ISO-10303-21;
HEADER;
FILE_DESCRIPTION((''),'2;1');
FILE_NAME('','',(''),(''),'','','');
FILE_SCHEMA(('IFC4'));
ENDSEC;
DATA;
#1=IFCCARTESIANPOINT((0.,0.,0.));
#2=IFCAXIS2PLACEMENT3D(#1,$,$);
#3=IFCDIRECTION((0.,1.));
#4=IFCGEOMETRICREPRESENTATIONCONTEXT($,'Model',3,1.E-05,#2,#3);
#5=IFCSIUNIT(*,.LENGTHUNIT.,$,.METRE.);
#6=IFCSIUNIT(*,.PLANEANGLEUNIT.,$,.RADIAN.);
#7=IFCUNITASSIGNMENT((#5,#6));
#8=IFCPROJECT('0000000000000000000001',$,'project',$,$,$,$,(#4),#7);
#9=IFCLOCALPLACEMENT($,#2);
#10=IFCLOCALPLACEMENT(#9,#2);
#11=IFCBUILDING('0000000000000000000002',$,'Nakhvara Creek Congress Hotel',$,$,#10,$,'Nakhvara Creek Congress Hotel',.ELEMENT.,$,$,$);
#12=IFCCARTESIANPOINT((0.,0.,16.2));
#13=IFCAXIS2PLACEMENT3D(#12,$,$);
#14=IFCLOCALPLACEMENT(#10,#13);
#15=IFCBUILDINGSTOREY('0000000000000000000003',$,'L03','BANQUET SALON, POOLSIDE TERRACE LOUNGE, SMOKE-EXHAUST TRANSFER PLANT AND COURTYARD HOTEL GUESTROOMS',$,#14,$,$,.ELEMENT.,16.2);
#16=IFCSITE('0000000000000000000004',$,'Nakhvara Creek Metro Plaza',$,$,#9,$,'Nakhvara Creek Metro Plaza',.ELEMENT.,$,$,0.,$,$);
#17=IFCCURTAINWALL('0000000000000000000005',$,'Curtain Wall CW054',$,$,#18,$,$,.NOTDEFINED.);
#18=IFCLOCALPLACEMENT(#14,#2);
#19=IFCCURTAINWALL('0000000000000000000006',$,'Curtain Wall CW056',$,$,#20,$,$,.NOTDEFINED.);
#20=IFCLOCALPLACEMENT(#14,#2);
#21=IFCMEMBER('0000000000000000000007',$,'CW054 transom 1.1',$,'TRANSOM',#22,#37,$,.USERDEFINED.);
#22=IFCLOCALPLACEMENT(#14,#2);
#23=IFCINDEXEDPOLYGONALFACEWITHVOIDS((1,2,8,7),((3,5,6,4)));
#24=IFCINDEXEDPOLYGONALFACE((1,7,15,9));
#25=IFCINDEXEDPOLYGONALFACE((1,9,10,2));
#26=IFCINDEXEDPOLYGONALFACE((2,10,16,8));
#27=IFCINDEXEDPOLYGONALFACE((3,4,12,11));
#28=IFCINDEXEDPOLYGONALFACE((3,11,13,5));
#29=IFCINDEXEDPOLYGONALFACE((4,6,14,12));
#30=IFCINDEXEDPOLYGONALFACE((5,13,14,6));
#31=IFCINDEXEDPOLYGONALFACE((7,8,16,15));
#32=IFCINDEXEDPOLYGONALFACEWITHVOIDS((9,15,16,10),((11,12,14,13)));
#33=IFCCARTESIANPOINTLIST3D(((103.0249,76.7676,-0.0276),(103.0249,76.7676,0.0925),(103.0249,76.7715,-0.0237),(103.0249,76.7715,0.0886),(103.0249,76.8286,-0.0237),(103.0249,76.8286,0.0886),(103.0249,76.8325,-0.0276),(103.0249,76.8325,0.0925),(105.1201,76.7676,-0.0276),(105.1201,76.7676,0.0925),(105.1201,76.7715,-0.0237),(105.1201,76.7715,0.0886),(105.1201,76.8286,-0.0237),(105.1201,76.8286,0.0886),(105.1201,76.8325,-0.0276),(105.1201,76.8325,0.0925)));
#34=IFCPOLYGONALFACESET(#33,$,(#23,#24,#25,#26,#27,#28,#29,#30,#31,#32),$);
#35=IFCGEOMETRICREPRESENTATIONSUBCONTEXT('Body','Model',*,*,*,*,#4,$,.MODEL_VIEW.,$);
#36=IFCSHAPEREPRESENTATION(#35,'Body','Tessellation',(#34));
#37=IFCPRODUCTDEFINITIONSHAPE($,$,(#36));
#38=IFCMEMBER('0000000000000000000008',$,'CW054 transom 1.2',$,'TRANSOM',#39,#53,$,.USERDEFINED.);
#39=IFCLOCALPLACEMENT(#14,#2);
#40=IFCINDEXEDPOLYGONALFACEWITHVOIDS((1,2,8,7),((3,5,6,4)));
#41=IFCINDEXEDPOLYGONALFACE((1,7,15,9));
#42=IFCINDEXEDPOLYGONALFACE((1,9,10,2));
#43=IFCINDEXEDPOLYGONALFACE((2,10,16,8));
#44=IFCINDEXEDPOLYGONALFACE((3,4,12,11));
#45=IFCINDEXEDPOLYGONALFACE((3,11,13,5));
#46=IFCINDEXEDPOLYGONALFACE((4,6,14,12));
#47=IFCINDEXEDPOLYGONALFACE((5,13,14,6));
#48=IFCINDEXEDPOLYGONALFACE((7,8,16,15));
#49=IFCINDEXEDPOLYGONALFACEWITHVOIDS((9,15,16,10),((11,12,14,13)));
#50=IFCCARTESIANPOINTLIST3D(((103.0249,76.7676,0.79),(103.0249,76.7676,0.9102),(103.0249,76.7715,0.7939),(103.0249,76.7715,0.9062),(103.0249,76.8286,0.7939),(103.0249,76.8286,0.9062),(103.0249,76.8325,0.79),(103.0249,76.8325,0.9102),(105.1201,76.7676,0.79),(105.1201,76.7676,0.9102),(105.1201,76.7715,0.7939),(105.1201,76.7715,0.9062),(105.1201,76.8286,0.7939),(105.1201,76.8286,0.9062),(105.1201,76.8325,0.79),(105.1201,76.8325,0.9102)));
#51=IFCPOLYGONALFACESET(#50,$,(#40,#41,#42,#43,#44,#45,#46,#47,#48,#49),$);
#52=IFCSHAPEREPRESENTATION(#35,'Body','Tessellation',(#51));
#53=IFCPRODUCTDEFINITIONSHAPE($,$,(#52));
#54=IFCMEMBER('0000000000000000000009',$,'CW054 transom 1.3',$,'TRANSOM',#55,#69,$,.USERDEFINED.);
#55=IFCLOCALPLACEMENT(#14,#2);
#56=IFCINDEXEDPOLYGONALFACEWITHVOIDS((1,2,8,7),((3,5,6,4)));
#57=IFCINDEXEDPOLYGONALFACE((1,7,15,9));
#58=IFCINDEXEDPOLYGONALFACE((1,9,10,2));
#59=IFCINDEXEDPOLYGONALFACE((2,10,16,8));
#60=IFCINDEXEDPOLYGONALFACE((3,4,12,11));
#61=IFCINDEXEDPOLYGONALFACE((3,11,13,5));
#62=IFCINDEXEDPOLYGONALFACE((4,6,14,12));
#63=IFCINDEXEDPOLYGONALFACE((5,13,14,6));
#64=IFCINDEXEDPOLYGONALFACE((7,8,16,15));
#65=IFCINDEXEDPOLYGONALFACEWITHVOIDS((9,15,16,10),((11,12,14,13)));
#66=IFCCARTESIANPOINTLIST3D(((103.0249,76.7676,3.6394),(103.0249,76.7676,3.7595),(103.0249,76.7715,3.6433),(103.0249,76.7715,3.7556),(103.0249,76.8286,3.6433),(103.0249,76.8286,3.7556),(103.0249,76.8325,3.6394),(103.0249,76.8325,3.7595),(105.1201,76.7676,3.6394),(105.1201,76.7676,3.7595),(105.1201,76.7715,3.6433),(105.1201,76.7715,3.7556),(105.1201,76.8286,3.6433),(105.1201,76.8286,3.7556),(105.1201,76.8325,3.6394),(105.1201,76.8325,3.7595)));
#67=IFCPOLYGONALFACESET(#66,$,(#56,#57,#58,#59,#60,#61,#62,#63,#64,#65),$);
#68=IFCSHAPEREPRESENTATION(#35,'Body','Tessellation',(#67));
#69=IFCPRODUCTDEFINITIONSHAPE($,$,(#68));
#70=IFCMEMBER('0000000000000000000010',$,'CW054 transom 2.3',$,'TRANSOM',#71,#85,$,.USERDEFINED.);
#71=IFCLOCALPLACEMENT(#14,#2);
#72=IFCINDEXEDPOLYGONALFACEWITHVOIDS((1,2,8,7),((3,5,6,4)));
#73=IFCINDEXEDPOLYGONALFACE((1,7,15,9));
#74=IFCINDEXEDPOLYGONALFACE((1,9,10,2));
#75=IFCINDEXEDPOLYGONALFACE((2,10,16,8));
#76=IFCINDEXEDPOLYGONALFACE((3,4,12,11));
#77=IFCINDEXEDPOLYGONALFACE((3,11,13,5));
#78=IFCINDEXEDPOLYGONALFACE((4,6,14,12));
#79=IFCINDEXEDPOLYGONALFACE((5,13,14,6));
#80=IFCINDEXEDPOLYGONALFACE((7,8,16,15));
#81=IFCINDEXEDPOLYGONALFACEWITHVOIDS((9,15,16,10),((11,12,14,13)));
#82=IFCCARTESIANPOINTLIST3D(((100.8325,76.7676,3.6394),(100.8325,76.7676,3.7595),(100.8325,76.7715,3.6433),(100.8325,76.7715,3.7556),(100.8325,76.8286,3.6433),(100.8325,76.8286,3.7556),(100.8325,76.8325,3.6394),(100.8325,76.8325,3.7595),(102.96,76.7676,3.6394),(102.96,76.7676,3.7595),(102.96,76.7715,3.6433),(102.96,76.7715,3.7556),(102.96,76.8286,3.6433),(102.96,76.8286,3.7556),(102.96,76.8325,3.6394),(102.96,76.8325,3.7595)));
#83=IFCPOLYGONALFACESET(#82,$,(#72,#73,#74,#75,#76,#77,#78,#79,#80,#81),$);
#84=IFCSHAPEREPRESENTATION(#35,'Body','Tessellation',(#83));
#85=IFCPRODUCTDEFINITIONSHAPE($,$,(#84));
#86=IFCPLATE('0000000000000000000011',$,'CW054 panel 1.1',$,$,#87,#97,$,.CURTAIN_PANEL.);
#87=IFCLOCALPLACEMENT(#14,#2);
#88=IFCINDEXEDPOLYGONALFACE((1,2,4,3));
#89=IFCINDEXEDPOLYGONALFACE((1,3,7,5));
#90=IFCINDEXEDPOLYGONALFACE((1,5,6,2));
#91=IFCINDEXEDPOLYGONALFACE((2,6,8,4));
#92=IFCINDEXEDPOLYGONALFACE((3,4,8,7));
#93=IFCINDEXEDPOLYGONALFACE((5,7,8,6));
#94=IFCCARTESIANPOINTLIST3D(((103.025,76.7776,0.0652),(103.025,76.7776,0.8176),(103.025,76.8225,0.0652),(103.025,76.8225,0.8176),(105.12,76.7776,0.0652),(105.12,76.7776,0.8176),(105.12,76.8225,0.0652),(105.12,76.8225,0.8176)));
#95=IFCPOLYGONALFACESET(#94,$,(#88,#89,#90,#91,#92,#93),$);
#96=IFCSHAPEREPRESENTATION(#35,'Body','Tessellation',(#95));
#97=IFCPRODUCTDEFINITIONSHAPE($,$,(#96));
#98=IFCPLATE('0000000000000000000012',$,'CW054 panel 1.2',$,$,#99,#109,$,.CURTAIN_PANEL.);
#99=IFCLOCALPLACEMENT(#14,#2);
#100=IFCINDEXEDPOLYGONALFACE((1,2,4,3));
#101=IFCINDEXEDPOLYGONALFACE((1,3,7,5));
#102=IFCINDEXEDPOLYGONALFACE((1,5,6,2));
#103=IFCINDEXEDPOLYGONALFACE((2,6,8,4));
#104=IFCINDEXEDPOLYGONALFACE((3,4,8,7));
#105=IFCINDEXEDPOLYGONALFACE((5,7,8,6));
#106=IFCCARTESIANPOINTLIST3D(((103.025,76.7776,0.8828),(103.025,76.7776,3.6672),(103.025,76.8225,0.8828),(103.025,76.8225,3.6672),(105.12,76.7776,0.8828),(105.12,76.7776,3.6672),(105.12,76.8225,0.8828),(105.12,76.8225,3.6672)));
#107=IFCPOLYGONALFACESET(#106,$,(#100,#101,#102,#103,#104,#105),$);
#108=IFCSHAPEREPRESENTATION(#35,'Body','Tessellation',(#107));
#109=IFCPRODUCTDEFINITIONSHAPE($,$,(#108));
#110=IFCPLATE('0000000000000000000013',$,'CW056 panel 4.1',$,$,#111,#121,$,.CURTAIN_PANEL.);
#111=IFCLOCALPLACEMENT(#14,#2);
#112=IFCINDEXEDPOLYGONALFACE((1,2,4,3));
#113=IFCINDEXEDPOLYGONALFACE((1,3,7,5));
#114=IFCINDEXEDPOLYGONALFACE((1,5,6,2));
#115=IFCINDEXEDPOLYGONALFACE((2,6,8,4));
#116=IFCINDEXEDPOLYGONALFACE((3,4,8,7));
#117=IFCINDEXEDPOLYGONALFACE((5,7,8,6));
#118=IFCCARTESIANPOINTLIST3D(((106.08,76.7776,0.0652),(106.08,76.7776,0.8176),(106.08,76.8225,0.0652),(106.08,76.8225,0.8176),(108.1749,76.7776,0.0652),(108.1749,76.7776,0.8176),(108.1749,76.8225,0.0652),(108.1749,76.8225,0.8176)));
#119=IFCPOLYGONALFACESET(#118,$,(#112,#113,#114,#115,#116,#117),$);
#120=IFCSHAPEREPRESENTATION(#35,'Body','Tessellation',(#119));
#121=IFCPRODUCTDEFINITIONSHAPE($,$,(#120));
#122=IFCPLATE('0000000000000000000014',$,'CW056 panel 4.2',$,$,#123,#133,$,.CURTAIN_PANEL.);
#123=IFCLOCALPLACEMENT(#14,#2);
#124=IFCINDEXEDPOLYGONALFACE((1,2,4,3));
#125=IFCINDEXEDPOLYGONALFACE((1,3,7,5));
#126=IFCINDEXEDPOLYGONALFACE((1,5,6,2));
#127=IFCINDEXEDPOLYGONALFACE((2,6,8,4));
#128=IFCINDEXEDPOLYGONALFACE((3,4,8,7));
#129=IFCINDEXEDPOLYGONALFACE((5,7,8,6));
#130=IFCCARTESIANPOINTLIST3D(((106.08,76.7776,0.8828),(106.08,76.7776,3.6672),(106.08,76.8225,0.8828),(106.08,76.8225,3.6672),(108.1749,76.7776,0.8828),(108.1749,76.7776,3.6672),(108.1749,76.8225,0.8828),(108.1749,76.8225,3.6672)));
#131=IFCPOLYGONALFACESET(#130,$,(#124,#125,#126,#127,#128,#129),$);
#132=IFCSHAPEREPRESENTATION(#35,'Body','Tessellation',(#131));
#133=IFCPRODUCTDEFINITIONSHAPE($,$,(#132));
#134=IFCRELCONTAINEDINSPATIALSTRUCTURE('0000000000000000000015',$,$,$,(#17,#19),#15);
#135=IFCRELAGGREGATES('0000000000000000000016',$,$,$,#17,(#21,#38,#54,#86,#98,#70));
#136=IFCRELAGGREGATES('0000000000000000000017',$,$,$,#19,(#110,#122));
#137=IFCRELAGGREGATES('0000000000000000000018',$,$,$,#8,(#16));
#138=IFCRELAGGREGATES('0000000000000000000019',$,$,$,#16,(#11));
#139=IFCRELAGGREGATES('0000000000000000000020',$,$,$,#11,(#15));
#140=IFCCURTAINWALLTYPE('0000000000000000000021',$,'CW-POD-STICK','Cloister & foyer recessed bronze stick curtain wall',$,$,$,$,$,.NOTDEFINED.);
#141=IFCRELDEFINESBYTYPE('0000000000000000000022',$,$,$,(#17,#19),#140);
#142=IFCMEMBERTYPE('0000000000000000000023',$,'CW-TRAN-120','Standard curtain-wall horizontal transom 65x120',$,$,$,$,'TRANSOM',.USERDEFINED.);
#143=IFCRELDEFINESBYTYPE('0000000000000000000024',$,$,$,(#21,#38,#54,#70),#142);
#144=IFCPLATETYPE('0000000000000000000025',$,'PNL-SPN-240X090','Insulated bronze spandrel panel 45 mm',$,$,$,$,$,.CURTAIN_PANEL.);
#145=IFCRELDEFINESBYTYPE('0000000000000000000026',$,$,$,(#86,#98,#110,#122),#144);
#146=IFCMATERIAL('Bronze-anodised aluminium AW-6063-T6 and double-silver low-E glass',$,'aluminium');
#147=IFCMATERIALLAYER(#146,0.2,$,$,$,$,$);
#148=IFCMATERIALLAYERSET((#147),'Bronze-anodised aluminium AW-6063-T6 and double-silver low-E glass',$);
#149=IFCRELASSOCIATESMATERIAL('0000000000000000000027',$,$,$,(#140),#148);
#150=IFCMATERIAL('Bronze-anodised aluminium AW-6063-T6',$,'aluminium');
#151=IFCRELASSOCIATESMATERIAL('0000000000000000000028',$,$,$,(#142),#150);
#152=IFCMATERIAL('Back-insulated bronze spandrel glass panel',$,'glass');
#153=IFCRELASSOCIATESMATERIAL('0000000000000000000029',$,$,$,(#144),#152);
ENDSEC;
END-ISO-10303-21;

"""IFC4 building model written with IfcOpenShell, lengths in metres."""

from ifc_helpers import new_model, si_unit, direction, frame, origin, origin_2d, place, context, subcontext, project, spatial, rectangle, hollow_rectangle, extrude, material, layer, layer_set, material_profile, profile_set, type_object, element, aggregate, save


model = new_model("IFC4")

# Units and contexts
model_context = context("Model", 3, precision=1e-05, world=origin(), true_north=direction((0.0, 1.0)))
body_context = subcontext(model_context, "Body", "Model", "MODEL_VIEW")
ifc_project = project(units=[si_unit("LENGTHUNIT", "METRE"), si_unit("PLANEANGLEUNIT", "RADIAN")], contexts=[model_context])

# Site, building, storey
site_placement = place(None, origin())
site = spatial("IfcSite", under=ifc_project, at=site_placement, Name="Nakhvara Creek Metro Plaza", LongName="Nakhvara Creek Metro Plaza", CompositionType="ELEMENT", RefElevation=0.0)
building_placement = place(site_placement, origin())
building = spatial("IfcBuilding", under=site, at=building_placement, Name="Nakhvara Creek Congress Hotel", LongName="Nakhvara Creek Congress Hotel", CompositionType="ELEMENT")
storey_placement = place(building_placement, frame((0.0, 0.0, 16.2)))
storey = spatial("IfcBuildingStorey", under=building, at=storey_placement, Name="L03", Description="BANQUET SALON, POOLSIDE TERRACE LOUNGE, SMOKE-EXHAUST TRANSFER PLANT AND COURTYARD HOTEL GUESTROOMS", CompositionType="ELEMENT", Elevation=16.2)

# Curtain wall
ifc_material_1 = material(Name="Bronze-anodised aluminium AW-6063-T6 and double-silver low-E glass", Category="aluminium")
ifc_layer = layer(ifc_material_1, 0.2)
ifc_layer_set = layer_set([ifc_layer], Name="Bronze-anodised aluminium AW-6063-T6 and double-silver low-E glass")
curtain_wall_type = type_object("IfcCurtainWallType", Name="CW-POD-STICK", Description="Cloister & foyer recessed bronze stick curtain wall", PredefinedType="NOTDEFINED", material=ifc_layer_set)
curtain_wall_1_placement = place(storey_placement, origin())
curtain_wall_1 = element("IfcCurtainWall", 1, at=curtain_wall_1_placement, inside=storey, type_object=curtain_wall_type, Name="Curtain Wall CW054", PredefinedType="NOTDEFINED")
ifc_material_2 = material(Name="Bronze-anodised aluminium AW-6063-T6", Category="aluminium")

# Curtain wall
curtain_wall_2_placement = place(storey_placement, origin())
curtain_wall_2 = element("IfcCurtainWall", 2, at=curtain_wall_2_placement, inside=storey, type_object=curtain_wall_type, Name="Curtain Wall CW056", PredefinedType="NOTDEFINED")

# Members
ifc_material_profile_1 = material_profile(ifc_material_2, hollow_rectangle(XDim=0.0649, YDim=0.1201, WallThickness=0.0039, at=origin_2d()), Name="ALU-TRAN 65x120x4", Category="LoadBearing")
ifc_profile_set_1 = profile_set([ifc_material_profile_1], Name="Bronze-anodised aluminium AW-6063-T6")
member_type_1 = type_object("IfcMemberType", Name="CW-TRAN-120", Description="Standard curtain-wall horizontal transom 65x120", ElementType="TRANSOM", PredefinedType="USERDEFINED", material=ifc_profile_set_1)
member_1_placement = place(storey_placement, frame((105.1201, 76.8, 0.0325), z_axis=(-1.0, 0.0, 0.0), x_axis=(0.0, -1.0, 0.0)))
member_1 = element("IfcMember", 3, at=member_1_placement, type_object=member_type_1, Name="CW054 transom 1.1", ObjectType="TRANSOM", PredefinedType="USERDEFINED", context=body_context, shape_type="SweptSolid", body=[
    extrude(hollow_rectangle(XDim=0.0649, YDim=0.1201, WallThickness=0.0039, at=origin_2d()), origin(), (0.0, 0.0, 1.0), 2.0952),
])
member_2_placement = place(storey_placement, frame((105.1201, 76.8, 0.8501), z_axis=(-1.0, 0.0, 0.0), x_axis=(0.0, -1.0, 0.0)))
member_2 = element("IfcMember", 4, at=member_2_placement, type_object=member_type_1, Name="CW054 transom 1.2", ObjectType="TRANSOM", PredefinedType="USERDEFINED", context=body_context, shape_type="SweptSolid", body=[
    extrude(hollow_rectangle(XDim=0.0649, YDim=0.1201, WallThickness=0.0039, at=origin_2d()), origin(), (0.0, 0.0, 1.0), 2.0952),
])
member_3_placement = place(storey_placement, frame((105.1201, 76.8, 3.6995), z_axis=(-1.0, 0.0, 0.0), x_axis=(0.0, -1.0, 0.0)))
member_3 = element("IfcMember", 5, at=member_3_placement, type_object=member_type_1, Name="CW054 transom 1.3", ObjectType="TRANSOM", PredefinedType="USERDEFINED", context=body_context, shape_type="SweptSolid", body=[
    extrude(hollow_rectangle(XDim=0.0649, YDim=0.1201, WallThickness=0.0039, at=origin_2d()), origin(), (0.0, 0.0, 1.0), 2.0952),
])
member_4_placement = place(storey_placement, frame((102.96, 76.8, 3.6995), z_axis=(-1.0, 0.0, 0.0), x_axis=(0.0, -1.0, 0.0)))
member_4 = element("IfcMember", 6, at=member_4_placement, type_object=member_type_1, Name="CW054 transom 2.3", ObjectType="TRANSOM", PredefinedType="USERDEFINED", context=body_context, shape_type="SweptSolid", body=[
    extrude(hollow_rectangle(XDim=0.0649, YDim=0.1201, WallThickness=0.0039, at=origin_2d()), origin(), (0.0, 0.0, 1.0), 2.1274),
])

# Plates
ifc_material_3 = material(Name="Back-insulated bronze spandrel glass panel", Category="glass")
plate_type = type_object("IfcPlateType", Name="PNL-SPN-240X090", Description="Insulated bronze spandrel panel 45 mm", PredefinedType="CURTAIN_PANEL", material=ifc_material_3)
plate_1_placement = place(storey_placement, frame((104.0725, 76.8, 0.0652), z_axis=(0.0, 0.0, 1.0), x_axis=(-1.0, 0.0, 0.0)))
plate_1 = element("IfcPlate", 7, at=plate_1_placement, type_object=plate_type, Name="CW054 panel 1.1", PredefinedType="CURTAIN_PANEL", context=body_context, shape_type="SweptSolid", body=[
    extrude(rectangle(XDim=2.095, YDim=0.0449, at=origin_2d()), origin(), (0.0, 0.0, 1.0), 0.7524),
])
plate_2_placement = place(storey_placement, frame((104.0725, 76.8, 0.8828), z_axis=(0.0, 0.0, 1.0), x_axis=(-1.0, 0.0, 0.0)))
plate_2 = element("IfcPlate", 8, at=plate_2_placement, type_object=plate_type, Name="CW054 panel 1.2", PredefinedType="CURTAIN_PANEL", context=body_context, shape_type="SweptSolid", body=[
    extrude(rectangle(XDim=2.095, YDim=0.0449, at=origin_2d()), origin(), (0.0, 0.0, 1.0), 2.7844),
])
aggregate(curtain_wall_1, [member_1, member_2, member_3, plate_1, plate_2, member_4])
plate_3_placement = place(storey_placement, frame((107.1274, 76.8, 0.0652), z_axis=(0.0, 0.0, 1.0), x_axis=(-1.0, 0.0, 0.0)))
plate_3 = element("IfcPlate", 9, at=plate_3_placement, type_object=plate_type, Name="CW056 panel 4.1", PredefinedType="CURTAIN_PANEL", context=body_context, shape_type="SweptSolid", body=[
    extrude(rectangle(XDim=2.095, YDim=0.0449, at=origin_2d()), origin(), (0.0, 0.0, 1.0), 0.7524),
])
plate_4_placement = place(storey_placement, frame((107.1274, 76.8, 0.8828), z_axis=(0.0, 0.0, 1.0), x_axis=(-1.0, 0.0, 0.0)))
plate_4 = element("IfcPlate", 10, at=plate_4_placement, type_object=plate_type, Name="CW056 panel 4.2", PredefinedType="CURTAIN_PANEL", context=body_context, shape_type="SweptSolid", body=[
    extrude(rectangle(XDim=2.095, YDim=0.0449, at=origin_2d()), origin(), (0.0, 0.0, 1.0), 2.7844),
])
aggregate(curtain_wall_2, [plate_3, plate_4])

save(model, "model.ifc")
